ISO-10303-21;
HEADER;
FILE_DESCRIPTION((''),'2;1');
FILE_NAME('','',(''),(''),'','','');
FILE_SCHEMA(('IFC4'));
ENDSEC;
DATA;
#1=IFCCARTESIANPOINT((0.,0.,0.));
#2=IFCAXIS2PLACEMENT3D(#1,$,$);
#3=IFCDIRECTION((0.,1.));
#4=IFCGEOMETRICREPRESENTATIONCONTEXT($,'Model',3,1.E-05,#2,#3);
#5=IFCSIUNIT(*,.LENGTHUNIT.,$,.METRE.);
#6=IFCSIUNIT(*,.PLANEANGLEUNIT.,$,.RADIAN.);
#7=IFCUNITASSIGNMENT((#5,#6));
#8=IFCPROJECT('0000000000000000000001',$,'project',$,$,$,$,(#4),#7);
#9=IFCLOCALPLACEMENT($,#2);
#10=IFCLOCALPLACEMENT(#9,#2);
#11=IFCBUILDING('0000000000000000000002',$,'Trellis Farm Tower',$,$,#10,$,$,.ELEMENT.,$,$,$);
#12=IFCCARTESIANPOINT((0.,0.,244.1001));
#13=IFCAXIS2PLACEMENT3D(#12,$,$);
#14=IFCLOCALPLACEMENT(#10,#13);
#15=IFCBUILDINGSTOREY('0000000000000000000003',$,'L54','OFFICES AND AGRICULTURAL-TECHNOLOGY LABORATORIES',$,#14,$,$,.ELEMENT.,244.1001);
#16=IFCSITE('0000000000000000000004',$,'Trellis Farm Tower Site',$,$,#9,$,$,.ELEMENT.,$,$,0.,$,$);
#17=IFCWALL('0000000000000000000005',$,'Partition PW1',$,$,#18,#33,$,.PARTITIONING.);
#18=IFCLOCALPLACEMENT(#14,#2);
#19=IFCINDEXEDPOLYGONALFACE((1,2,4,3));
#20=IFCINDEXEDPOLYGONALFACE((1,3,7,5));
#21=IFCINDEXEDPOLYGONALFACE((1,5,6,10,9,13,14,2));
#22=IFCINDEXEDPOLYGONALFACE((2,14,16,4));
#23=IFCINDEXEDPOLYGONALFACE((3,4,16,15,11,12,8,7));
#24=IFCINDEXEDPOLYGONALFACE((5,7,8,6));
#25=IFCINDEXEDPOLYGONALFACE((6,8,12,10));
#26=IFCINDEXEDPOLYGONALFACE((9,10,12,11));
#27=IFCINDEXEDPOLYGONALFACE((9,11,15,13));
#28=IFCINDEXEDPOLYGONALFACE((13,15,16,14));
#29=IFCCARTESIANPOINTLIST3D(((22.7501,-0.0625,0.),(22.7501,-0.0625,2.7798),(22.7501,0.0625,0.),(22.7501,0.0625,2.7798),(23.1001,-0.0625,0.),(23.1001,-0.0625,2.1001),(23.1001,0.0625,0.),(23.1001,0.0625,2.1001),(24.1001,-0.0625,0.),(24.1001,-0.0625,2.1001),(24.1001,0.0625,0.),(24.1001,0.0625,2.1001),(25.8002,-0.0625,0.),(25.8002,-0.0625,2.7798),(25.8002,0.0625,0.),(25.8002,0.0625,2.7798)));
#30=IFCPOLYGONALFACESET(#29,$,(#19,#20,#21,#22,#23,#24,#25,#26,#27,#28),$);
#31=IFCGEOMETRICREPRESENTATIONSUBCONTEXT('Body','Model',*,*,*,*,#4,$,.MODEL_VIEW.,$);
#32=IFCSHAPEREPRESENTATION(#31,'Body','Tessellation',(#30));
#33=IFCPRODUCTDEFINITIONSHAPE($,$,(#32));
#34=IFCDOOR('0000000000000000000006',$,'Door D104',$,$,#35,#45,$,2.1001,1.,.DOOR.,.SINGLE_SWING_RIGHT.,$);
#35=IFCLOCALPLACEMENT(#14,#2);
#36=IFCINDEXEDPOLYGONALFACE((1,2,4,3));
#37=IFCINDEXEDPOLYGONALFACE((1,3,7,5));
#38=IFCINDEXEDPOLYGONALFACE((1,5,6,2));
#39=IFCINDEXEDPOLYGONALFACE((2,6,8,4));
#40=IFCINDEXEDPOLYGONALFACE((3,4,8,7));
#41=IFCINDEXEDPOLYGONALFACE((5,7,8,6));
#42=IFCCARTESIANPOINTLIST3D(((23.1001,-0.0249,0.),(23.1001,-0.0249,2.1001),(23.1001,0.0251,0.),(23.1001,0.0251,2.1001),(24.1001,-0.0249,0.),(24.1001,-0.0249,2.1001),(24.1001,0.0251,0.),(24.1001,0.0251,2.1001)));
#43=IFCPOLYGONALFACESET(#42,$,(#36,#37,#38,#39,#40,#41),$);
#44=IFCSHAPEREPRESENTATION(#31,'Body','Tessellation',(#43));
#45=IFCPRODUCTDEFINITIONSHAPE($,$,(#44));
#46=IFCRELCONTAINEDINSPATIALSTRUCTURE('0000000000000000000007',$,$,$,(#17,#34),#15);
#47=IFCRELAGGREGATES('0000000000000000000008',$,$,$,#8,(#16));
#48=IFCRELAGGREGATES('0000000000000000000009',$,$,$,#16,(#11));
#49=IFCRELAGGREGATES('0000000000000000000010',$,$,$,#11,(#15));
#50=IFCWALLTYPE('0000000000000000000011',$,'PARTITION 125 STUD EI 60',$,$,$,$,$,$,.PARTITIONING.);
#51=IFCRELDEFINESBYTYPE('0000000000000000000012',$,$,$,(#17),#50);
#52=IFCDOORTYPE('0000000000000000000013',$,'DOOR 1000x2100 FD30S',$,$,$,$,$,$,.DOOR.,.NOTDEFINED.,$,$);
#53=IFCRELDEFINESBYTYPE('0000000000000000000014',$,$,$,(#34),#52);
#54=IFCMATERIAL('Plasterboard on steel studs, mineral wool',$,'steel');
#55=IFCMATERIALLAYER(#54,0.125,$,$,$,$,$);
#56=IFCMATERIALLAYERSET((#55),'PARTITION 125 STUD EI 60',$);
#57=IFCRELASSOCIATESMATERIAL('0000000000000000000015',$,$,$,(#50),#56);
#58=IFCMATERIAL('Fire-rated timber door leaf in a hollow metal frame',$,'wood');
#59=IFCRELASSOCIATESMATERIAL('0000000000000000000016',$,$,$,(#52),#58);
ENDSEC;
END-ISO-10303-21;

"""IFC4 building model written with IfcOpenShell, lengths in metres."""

from ifc_helpers import new_model, si_unit, direction, frame, frame_2d, origin, place, context, subcontext, project, spatial, rectangle, extrude, source, transform, mapped, material, layer, layer_set, type_object, element, fill, save


model = new_model("IFC4")

# Units and contexts
model_context = context("Model", 3, precision=1e-05, world=origin(), true_north=direction((0.0, 1.0)))
body_context = subcontext(model_context, "Body", "Model", "MODEL_VIEW")
ifc_project = project(units=[si_unit("LENGTHUNIT", "METRE"), si_unit("PLANEANGLEUNIT", "RADIAN")], contexts=[model_context])

# Site, building, storey
site_placement = place(None, origin())
site = spatial("IfcSite", under=ifc_project, at=site_placement, Name="Trellis Farm Tower Site", CompositionType="ELEMENT", RefElevation=0.0)
building_placement = place(site_placement, origin())
building = spatial("IfcBuilding", under=site, at=building_placement, Name="Trellis Farm Tower", CompositionType="ELEMENT")
storey_placement = place(building_placement, frame((0.0, 0.0, 244.1001)))
storey = spatial("IfcBuildingStorey", under=building, at=storey_placement, Name="L54", Description="OFFICES AND AGRICULTURAL-TECHNOLOGY LABORATORIES", CompositionType="ELEMENT", Elevation=244.1001)

# Wall, opening, door
ifc_material_1 = material(Name="Plasterboard on steel studs, mineral wool", Category="steel")
ifc_layer_1 = layer(ifc_material_1, 0.125)
ifc_layer_set_1 = layer_set([ifc_layer_1], Name="PARTITION 125 STUD EI 60")
wall_type_1 = type_object("IfcWallType", Name="PARTITION 125 STUD EI 60", PredefinedType="PARTITIONING", material=ifc_layer_set_1)
shared_shape_1 = source(origin(), body_context, "Body", "SweptSolid", [
    extrude(rectangle(XDim=3.05, YDim=0.125, at=frame_2d((1.5249, 0.0))), origin(), (0.0, 0.0, 1.0), 2.7798),
])
wall_1_placement = place(storey_placement, frame((25.8, 0.0, 0.0), z_axis=(0.0, 0.0, 1.0), x_axis=(-1.0, 0.0, 0.0)))
wall_1 = element("IfcWall", 1, at=wall_1_placement, inside=storey, type_object=wall_type_1, Name="Partition PW1", PredefinedType="PARTITIONING", context=body_context, shape_type="MappedRepresentation", body=[
    mapped(shared_shape_1, transform((0.0, 0.0, 0.0))),
])
shared_shape_2 = source(origin(), body_context, "Body", "SweptSolid", [
    extrude(rectangle(XDim=1.0, YDim=2.1001, at=frame_2d((0.5, 1.05))), frame((0.0, 0.0725, 0.0), z_axis=(0.0, -1.0, 0.0), x_axis=(1.0, 0.0, 0.0)), (0.0, 0.0, 1.0), 0.145),
])
opening_1_placement = place(wall_1_placement, frame((1.7, 0.0, 0.0)))
opening_1 = element("IfcOpeningElement", 2, at=opening_1_placement, cuts=wall_1, PredefinedType="OPENING", context=body_context, shape_type="MappedRepresentation", body=[
    mapped(shared_shape_2, transform((0.0, 0.0, 0.0))),
])
ifc_material_2 = material(Name="Fire-rated timber door leaf in a hollow metal frame", Category="wood")
door_type_1 = type_object("IfcDoorType", Name="DOOR 1000x2100 FD30S", OperationType="NOTDEFINED", PredefinedType="DOOR", material=ifc_material_2)
shared_shape_3 = source(origin(), body_context, "Body", "SweptSolid", [
    extrude(rectangle(XDim=1.0, YDim=2.1001, at=frame_2d((0.5, 1.05))), frame((0.0, 0.0249, 0.0), z_axis=(0.0, -1.0, 0.0), x_axis=(1.0, 0.0, 0.0)), (0.0, 0.0, 1.0), 0.05),
])
door_1_placement = place(opening_1_placement, origin())
door_1 = element("IfcDoor", 3, at=door_1_placement, inside=storey, type_object=door_type_1, Name="Door D104", OperationType="SINGLE_SWING_RIGHT", OverallHeight=2.1001, OverallWidth=1.0, PredefinedType="DOOR", context=body_context, shape_type="MappedRepresentation", body=[
    mapped(shared_shape_3, transform((0.0, 0.0, 0.0))),
])
fill(opening_1, door_1)

save(model, "model.ifc")
